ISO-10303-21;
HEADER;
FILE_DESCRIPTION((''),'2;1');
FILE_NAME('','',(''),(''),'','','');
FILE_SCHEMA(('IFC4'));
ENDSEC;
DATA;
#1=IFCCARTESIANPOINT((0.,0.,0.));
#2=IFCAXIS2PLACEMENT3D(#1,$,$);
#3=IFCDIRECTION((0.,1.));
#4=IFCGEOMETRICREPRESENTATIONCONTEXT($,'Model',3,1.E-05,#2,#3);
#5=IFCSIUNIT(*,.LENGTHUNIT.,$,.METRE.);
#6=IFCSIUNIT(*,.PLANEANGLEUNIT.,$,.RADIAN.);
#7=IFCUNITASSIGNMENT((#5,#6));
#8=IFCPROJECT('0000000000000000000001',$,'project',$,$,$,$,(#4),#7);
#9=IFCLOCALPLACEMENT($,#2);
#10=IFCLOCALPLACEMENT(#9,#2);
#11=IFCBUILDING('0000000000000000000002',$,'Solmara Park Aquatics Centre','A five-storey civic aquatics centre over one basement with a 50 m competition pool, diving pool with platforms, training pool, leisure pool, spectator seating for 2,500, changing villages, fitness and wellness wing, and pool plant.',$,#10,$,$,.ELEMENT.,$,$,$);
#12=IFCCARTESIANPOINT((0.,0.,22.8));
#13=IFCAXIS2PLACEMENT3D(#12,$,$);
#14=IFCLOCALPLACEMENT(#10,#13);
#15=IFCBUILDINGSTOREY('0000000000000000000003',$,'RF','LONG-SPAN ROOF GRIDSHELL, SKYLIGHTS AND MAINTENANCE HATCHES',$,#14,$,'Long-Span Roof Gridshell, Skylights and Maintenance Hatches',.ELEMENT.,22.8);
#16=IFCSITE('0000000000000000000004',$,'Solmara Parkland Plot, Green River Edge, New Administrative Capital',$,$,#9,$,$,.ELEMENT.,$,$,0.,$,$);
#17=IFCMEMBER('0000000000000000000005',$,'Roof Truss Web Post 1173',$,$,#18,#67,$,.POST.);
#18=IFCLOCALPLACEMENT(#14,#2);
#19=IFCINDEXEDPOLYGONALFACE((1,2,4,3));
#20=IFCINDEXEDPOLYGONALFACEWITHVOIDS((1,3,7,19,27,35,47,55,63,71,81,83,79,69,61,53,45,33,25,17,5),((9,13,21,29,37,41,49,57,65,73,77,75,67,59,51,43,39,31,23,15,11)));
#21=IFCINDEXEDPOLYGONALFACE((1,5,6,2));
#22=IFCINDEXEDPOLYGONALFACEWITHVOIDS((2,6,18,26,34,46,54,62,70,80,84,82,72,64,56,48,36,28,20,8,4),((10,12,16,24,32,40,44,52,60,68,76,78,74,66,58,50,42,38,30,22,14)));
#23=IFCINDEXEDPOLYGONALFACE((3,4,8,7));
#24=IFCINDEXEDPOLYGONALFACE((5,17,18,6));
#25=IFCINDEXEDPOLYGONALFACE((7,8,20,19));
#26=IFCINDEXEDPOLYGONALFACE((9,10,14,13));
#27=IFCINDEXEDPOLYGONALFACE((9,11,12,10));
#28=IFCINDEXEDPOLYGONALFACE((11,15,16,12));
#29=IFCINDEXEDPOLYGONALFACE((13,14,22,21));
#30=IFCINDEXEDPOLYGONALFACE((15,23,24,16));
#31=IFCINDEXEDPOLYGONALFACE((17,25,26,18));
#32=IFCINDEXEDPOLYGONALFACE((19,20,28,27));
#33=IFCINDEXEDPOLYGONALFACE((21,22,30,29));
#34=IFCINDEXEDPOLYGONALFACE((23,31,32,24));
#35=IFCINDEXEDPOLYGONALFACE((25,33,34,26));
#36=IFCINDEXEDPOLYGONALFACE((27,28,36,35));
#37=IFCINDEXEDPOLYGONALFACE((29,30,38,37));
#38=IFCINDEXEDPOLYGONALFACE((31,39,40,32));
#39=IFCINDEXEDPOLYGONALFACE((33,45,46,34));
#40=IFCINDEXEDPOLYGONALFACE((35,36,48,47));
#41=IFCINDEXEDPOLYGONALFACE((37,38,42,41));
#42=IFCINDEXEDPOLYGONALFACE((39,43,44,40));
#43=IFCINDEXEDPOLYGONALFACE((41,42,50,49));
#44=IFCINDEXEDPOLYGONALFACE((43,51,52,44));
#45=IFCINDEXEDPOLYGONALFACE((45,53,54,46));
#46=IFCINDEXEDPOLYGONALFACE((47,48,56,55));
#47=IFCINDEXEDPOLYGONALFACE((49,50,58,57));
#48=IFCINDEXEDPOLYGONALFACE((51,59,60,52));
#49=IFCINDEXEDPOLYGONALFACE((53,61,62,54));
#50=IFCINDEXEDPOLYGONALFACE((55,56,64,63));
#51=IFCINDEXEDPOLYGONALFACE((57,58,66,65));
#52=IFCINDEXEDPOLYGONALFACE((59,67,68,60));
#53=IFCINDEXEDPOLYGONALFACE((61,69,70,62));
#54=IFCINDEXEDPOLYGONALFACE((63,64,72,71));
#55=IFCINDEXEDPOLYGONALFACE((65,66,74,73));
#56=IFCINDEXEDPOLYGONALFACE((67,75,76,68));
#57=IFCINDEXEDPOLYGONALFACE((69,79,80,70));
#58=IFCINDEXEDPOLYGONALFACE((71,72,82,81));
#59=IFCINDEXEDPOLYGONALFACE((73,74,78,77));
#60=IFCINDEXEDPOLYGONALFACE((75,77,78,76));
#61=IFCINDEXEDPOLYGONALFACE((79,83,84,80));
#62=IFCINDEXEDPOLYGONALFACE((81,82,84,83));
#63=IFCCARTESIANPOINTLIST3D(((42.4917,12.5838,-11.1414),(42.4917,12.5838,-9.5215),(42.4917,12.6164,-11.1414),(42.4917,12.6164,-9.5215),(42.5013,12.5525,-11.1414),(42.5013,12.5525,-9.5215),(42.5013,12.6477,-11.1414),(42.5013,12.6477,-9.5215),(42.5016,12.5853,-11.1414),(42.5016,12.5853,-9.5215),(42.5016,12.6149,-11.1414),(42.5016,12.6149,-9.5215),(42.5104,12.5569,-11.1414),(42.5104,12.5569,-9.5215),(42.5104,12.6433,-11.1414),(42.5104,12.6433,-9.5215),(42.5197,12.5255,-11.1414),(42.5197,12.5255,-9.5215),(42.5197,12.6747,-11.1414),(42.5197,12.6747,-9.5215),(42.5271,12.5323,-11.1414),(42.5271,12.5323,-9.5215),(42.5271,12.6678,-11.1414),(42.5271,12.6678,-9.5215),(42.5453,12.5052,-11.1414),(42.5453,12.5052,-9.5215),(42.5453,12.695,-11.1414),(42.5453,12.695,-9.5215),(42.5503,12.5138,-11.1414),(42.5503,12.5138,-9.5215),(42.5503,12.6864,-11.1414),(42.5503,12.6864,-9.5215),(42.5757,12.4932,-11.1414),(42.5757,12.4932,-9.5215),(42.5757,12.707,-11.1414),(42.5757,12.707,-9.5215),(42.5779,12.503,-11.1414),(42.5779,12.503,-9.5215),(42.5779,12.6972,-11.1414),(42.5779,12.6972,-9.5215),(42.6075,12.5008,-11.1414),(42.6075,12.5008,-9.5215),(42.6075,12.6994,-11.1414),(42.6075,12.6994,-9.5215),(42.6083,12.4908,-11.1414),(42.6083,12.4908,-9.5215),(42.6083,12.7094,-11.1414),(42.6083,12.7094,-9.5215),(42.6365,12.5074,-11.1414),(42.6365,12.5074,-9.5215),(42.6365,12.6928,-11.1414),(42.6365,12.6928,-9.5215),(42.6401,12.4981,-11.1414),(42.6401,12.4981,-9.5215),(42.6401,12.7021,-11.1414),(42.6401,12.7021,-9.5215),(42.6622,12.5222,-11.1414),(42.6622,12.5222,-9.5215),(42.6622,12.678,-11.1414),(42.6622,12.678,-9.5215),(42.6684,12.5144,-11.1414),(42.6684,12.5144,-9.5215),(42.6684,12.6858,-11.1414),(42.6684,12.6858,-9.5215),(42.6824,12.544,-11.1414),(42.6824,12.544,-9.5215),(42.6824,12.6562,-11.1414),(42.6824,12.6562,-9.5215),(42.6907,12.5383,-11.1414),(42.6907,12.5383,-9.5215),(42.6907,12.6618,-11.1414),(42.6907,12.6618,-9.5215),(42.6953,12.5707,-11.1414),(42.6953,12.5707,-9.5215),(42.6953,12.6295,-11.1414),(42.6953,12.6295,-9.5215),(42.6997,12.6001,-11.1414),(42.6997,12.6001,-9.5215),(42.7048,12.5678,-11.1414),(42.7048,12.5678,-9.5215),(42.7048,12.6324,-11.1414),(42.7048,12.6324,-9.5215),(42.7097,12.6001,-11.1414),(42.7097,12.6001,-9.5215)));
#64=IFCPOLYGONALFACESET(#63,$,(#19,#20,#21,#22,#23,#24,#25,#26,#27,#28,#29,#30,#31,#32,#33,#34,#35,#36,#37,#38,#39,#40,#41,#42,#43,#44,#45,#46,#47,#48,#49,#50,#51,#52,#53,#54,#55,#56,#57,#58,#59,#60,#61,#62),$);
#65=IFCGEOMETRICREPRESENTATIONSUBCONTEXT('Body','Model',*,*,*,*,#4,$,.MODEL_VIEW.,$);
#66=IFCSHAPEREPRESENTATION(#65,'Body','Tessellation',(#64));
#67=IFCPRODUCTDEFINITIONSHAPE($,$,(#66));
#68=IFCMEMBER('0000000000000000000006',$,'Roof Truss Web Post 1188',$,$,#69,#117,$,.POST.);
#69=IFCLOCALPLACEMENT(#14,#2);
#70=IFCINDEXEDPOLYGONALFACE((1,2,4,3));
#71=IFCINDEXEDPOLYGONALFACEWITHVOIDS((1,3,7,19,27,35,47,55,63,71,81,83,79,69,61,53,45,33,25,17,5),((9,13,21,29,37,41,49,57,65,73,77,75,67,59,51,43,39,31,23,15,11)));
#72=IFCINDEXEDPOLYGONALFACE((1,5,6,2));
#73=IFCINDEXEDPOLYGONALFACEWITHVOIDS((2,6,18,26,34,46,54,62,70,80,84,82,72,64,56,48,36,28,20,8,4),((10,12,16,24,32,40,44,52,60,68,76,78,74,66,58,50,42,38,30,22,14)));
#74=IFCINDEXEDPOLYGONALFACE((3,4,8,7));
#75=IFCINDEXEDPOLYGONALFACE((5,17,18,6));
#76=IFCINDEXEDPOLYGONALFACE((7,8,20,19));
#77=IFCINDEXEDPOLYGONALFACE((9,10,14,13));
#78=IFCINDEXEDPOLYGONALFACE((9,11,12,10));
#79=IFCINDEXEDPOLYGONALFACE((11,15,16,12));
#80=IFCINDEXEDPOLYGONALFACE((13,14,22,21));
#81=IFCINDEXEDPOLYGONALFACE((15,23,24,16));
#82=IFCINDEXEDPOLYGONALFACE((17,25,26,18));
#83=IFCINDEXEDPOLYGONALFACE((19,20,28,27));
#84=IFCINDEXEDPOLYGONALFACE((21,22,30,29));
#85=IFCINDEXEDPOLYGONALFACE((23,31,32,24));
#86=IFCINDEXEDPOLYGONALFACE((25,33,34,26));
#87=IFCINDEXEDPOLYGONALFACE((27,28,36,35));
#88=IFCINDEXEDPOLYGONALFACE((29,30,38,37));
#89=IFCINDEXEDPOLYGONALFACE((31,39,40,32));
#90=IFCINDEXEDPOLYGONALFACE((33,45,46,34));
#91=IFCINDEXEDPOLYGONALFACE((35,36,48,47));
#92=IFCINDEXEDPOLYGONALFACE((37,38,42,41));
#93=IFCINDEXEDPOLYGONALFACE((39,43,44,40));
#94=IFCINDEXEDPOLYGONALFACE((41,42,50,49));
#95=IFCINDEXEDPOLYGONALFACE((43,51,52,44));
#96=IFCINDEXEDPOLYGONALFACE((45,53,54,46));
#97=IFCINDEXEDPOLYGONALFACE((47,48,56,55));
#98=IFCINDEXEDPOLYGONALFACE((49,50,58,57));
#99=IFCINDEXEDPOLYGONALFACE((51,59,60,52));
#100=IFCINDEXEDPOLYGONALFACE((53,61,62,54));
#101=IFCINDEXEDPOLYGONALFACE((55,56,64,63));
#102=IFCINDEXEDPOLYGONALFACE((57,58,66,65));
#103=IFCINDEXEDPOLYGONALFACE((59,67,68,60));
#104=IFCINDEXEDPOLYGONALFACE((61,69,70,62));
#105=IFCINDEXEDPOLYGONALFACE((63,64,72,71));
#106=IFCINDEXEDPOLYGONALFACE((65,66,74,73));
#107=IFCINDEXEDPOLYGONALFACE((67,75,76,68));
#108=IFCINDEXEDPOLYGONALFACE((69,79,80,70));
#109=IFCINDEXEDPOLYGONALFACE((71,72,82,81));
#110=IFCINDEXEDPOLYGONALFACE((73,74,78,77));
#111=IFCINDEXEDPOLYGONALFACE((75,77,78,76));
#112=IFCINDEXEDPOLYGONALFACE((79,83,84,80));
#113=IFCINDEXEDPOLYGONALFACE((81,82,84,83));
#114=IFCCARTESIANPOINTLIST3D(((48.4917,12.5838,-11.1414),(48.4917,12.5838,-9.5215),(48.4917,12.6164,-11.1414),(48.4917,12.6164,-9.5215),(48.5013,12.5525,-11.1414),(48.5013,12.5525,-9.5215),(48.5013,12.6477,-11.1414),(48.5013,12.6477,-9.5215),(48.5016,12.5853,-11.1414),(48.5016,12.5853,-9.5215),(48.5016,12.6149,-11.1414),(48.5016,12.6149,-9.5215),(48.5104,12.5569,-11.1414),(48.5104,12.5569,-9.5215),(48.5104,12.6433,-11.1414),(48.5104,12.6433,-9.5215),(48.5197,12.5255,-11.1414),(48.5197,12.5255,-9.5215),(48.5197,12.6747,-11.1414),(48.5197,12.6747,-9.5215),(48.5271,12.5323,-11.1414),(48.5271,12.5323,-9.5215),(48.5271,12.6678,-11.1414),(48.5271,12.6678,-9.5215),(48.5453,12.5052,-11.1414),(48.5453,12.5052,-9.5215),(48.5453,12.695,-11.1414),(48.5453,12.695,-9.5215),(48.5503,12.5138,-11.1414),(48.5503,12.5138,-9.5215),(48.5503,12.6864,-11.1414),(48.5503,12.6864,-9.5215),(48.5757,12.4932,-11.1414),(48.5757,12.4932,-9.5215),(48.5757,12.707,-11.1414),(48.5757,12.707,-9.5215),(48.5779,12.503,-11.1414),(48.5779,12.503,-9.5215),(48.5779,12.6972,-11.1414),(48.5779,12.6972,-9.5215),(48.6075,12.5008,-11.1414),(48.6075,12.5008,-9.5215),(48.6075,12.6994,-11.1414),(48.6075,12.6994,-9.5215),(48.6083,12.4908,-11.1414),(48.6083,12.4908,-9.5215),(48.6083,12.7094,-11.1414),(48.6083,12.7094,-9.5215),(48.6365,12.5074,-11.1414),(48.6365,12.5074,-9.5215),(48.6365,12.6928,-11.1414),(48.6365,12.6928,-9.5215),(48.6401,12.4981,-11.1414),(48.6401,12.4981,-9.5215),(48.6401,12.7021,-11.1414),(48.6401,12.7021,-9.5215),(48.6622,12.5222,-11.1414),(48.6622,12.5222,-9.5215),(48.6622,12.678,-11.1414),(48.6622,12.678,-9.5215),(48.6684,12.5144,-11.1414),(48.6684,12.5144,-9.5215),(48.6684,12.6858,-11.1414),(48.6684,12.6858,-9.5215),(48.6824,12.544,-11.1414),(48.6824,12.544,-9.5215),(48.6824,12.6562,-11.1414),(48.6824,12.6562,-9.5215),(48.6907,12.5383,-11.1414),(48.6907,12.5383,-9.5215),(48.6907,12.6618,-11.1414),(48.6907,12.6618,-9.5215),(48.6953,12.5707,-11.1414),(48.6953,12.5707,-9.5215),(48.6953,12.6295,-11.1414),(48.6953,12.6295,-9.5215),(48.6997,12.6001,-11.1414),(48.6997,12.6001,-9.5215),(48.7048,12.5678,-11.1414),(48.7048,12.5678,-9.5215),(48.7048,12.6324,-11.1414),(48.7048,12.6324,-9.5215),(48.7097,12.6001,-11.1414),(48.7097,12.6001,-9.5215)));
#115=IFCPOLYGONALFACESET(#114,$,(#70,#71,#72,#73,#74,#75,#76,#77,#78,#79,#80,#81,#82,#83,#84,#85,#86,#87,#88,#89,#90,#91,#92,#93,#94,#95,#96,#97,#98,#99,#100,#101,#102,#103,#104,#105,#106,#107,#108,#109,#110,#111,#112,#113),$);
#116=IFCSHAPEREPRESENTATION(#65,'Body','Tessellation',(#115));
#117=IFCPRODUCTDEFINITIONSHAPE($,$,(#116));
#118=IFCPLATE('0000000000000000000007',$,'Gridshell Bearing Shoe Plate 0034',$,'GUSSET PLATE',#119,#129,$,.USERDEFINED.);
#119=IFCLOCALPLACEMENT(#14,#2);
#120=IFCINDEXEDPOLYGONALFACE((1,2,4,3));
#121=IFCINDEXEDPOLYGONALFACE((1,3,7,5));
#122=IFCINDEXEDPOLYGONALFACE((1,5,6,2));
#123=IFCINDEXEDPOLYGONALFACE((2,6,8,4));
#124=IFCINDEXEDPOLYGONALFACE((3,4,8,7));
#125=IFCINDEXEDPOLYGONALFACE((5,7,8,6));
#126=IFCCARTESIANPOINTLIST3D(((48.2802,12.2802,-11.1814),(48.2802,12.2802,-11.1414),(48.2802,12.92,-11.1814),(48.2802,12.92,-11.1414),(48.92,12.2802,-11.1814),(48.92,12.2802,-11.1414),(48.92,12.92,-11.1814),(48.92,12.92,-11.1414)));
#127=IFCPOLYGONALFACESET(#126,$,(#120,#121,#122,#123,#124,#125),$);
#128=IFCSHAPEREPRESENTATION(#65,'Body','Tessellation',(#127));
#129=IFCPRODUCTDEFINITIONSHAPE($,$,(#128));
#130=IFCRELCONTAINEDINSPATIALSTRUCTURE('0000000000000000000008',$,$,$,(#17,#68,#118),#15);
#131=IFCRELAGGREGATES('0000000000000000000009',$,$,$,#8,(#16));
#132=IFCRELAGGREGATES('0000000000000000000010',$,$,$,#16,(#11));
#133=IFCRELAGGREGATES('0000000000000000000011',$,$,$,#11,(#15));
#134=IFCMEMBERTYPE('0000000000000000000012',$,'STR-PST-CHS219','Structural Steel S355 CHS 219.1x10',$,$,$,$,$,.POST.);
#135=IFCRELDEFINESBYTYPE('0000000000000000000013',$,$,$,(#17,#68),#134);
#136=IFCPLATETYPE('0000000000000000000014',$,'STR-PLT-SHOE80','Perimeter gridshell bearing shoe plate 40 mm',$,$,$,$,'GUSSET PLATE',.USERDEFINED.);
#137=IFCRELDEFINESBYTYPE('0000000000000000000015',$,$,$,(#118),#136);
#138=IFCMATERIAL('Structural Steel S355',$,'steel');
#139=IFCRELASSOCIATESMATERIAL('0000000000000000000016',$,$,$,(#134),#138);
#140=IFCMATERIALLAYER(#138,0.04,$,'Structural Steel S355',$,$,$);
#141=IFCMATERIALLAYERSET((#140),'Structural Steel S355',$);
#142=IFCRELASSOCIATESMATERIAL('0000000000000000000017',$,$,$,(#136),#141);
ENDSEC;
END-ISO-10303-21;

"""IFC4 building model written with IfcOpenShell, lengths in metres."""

from ifc_helpers import new_model, si_unit, direction, frame, origin, origin_2d, place, context, subcontext, project, spatial, rectangle, hollow_circle, extrude, material, layer, layer_set, material_profile, profile_set, type_object, element, save


model = new_model("IFC4")

# Units and contexts
model_context = context("Model", 3, precision=1e-05, world=origin(), true_north=direction((0.0, 1.0)))
body_context = subcontext(model_context, "Body", "Model", "MODEL_VIEW")
ifc_project = project(units=[si_unit("LENGTHUNIT", "METRE"), si_unit("PLANEANGLEUNIT", "RADIAN")], contexts=[model_context])

# Site, building, storey
site_placement = place(None, origin())
site = spatial("IfcSite", under=ifc_project, at=site_placement, Name="Solmara Parkland Plot, Green River Edge, New Administrative Capital", CompositionType="ELEMENT", RefElevation=0.0)
building_placement = place(site_placement, origin())
building = spatial("IfcBuilding", under=site, at=building_placement, Name="Solmara Park Aquatics Centre", Description="A five-storey civic aquatics centre over one basement with a 50 m competition pool, diving pool with platforms, training pool, leisure pool, spectator seating for 2,500, changing villages, fitness and wellness wing, and pool plant.", CompositionType="ELEMENT")
storey_placement = place(building_placement, frame((0.0, 0.0, 22.8)))
storey = spatial("IfcBuildingStorey", under=building, at=storey_placement, Name="RF", Description="LONG-SPAN ROOF GRIDSHELL, SKYLIGHTS AND MAINTENANCE HATCHES", LongName="Long-Span Roof Gridshell, Skylights and Maintenance Hatches", CompositionType="ELEMENT", Elevation=22.8)

# Members
ifc_material_1 = material(Name="Structural Steel S355", Category="steel")
ifc_material_profile_1 = material_profile(ifc_material_1, hollow_circle(Radius=0.1096, WallThickness=0.01, at=origin_2d()), Name="CHS 219.1x10")
ifc_profile_set_1 = profile_set([ifc_material_profile_1], Name="Structural Steel S355")
member_type_1 = type_object("IfcMemberType", Name="STR-PST-CHS219", Description="Structural Steel S355 CHS 219.1x10", PredefinedType="POST", material=ifc_profile_set_1)
for number, where, z_axis, x_axis, name in (
    (1, (42.6001, 12.6001, -11.1414), (0.0, 0.0, 1.0), (1.0, 0.0, 0.0), "Roof Truss Web Post 1173"),
    (2, (48.6001, 12.6001, -11.1414), (0.0, 0.0, 1.0), (1.0, 0.0, 0.0), "Roof Truss Web Post 1188"),
):
    element("IfcMember", number, at=place(storey_placement, frame(where, z_axis=z_axis, x_axis=x_axis)), inside=storey, type_object=member_type_1, Name=name, PredefinedType="POST", context=body_context, shape_type="SweptSolid", body=[
        extrude(hollow_circle(Radius=0.1096, WallThickness=0.01, at=origin_2d()), origin(), (0.0, 0.0, 1.0), 1.6199),
    ])

# Plate
ifc_layer = layer(ifc_material_1, 0.04, Name="Structural Steel S355")
ifc_layer_set = layer_set([ifc_layer], Name="Structural Steel S355")
plate_type = type_object("IfcPlateType", Name="STR-PLT-SHOE80", Description="Perimeter gridshell bearing shoe plate 40 mm", ElementType="GUSSET PLATE", PredefinedType="USERDEFINED", material=ifc_layer_set)
plate_placement = place(storey_placement, frame((48.6001, 12.6001, -11.1814), z_axis=(0.0, 0.0, 1.0), x_axis=(1.0, 0.0, 0.0)))
element("IfcPlate", 3, at=plate_placement, inside=storey, type_object=plate_type, Name="Gridshell Bearing Shoe Plate 0034", ObjectType="GUSSET PLATE", PredefinedType="USERDEFINED", context=body_context, shape_type="SweptSolid", body=[
    extrude(rectangle(XDim=0.6399, YDim=0.6399, at=origin_2d()), origin(), (0.0, 0.0, 1.0), 0.04),
])

save(model, "model.ifc")
